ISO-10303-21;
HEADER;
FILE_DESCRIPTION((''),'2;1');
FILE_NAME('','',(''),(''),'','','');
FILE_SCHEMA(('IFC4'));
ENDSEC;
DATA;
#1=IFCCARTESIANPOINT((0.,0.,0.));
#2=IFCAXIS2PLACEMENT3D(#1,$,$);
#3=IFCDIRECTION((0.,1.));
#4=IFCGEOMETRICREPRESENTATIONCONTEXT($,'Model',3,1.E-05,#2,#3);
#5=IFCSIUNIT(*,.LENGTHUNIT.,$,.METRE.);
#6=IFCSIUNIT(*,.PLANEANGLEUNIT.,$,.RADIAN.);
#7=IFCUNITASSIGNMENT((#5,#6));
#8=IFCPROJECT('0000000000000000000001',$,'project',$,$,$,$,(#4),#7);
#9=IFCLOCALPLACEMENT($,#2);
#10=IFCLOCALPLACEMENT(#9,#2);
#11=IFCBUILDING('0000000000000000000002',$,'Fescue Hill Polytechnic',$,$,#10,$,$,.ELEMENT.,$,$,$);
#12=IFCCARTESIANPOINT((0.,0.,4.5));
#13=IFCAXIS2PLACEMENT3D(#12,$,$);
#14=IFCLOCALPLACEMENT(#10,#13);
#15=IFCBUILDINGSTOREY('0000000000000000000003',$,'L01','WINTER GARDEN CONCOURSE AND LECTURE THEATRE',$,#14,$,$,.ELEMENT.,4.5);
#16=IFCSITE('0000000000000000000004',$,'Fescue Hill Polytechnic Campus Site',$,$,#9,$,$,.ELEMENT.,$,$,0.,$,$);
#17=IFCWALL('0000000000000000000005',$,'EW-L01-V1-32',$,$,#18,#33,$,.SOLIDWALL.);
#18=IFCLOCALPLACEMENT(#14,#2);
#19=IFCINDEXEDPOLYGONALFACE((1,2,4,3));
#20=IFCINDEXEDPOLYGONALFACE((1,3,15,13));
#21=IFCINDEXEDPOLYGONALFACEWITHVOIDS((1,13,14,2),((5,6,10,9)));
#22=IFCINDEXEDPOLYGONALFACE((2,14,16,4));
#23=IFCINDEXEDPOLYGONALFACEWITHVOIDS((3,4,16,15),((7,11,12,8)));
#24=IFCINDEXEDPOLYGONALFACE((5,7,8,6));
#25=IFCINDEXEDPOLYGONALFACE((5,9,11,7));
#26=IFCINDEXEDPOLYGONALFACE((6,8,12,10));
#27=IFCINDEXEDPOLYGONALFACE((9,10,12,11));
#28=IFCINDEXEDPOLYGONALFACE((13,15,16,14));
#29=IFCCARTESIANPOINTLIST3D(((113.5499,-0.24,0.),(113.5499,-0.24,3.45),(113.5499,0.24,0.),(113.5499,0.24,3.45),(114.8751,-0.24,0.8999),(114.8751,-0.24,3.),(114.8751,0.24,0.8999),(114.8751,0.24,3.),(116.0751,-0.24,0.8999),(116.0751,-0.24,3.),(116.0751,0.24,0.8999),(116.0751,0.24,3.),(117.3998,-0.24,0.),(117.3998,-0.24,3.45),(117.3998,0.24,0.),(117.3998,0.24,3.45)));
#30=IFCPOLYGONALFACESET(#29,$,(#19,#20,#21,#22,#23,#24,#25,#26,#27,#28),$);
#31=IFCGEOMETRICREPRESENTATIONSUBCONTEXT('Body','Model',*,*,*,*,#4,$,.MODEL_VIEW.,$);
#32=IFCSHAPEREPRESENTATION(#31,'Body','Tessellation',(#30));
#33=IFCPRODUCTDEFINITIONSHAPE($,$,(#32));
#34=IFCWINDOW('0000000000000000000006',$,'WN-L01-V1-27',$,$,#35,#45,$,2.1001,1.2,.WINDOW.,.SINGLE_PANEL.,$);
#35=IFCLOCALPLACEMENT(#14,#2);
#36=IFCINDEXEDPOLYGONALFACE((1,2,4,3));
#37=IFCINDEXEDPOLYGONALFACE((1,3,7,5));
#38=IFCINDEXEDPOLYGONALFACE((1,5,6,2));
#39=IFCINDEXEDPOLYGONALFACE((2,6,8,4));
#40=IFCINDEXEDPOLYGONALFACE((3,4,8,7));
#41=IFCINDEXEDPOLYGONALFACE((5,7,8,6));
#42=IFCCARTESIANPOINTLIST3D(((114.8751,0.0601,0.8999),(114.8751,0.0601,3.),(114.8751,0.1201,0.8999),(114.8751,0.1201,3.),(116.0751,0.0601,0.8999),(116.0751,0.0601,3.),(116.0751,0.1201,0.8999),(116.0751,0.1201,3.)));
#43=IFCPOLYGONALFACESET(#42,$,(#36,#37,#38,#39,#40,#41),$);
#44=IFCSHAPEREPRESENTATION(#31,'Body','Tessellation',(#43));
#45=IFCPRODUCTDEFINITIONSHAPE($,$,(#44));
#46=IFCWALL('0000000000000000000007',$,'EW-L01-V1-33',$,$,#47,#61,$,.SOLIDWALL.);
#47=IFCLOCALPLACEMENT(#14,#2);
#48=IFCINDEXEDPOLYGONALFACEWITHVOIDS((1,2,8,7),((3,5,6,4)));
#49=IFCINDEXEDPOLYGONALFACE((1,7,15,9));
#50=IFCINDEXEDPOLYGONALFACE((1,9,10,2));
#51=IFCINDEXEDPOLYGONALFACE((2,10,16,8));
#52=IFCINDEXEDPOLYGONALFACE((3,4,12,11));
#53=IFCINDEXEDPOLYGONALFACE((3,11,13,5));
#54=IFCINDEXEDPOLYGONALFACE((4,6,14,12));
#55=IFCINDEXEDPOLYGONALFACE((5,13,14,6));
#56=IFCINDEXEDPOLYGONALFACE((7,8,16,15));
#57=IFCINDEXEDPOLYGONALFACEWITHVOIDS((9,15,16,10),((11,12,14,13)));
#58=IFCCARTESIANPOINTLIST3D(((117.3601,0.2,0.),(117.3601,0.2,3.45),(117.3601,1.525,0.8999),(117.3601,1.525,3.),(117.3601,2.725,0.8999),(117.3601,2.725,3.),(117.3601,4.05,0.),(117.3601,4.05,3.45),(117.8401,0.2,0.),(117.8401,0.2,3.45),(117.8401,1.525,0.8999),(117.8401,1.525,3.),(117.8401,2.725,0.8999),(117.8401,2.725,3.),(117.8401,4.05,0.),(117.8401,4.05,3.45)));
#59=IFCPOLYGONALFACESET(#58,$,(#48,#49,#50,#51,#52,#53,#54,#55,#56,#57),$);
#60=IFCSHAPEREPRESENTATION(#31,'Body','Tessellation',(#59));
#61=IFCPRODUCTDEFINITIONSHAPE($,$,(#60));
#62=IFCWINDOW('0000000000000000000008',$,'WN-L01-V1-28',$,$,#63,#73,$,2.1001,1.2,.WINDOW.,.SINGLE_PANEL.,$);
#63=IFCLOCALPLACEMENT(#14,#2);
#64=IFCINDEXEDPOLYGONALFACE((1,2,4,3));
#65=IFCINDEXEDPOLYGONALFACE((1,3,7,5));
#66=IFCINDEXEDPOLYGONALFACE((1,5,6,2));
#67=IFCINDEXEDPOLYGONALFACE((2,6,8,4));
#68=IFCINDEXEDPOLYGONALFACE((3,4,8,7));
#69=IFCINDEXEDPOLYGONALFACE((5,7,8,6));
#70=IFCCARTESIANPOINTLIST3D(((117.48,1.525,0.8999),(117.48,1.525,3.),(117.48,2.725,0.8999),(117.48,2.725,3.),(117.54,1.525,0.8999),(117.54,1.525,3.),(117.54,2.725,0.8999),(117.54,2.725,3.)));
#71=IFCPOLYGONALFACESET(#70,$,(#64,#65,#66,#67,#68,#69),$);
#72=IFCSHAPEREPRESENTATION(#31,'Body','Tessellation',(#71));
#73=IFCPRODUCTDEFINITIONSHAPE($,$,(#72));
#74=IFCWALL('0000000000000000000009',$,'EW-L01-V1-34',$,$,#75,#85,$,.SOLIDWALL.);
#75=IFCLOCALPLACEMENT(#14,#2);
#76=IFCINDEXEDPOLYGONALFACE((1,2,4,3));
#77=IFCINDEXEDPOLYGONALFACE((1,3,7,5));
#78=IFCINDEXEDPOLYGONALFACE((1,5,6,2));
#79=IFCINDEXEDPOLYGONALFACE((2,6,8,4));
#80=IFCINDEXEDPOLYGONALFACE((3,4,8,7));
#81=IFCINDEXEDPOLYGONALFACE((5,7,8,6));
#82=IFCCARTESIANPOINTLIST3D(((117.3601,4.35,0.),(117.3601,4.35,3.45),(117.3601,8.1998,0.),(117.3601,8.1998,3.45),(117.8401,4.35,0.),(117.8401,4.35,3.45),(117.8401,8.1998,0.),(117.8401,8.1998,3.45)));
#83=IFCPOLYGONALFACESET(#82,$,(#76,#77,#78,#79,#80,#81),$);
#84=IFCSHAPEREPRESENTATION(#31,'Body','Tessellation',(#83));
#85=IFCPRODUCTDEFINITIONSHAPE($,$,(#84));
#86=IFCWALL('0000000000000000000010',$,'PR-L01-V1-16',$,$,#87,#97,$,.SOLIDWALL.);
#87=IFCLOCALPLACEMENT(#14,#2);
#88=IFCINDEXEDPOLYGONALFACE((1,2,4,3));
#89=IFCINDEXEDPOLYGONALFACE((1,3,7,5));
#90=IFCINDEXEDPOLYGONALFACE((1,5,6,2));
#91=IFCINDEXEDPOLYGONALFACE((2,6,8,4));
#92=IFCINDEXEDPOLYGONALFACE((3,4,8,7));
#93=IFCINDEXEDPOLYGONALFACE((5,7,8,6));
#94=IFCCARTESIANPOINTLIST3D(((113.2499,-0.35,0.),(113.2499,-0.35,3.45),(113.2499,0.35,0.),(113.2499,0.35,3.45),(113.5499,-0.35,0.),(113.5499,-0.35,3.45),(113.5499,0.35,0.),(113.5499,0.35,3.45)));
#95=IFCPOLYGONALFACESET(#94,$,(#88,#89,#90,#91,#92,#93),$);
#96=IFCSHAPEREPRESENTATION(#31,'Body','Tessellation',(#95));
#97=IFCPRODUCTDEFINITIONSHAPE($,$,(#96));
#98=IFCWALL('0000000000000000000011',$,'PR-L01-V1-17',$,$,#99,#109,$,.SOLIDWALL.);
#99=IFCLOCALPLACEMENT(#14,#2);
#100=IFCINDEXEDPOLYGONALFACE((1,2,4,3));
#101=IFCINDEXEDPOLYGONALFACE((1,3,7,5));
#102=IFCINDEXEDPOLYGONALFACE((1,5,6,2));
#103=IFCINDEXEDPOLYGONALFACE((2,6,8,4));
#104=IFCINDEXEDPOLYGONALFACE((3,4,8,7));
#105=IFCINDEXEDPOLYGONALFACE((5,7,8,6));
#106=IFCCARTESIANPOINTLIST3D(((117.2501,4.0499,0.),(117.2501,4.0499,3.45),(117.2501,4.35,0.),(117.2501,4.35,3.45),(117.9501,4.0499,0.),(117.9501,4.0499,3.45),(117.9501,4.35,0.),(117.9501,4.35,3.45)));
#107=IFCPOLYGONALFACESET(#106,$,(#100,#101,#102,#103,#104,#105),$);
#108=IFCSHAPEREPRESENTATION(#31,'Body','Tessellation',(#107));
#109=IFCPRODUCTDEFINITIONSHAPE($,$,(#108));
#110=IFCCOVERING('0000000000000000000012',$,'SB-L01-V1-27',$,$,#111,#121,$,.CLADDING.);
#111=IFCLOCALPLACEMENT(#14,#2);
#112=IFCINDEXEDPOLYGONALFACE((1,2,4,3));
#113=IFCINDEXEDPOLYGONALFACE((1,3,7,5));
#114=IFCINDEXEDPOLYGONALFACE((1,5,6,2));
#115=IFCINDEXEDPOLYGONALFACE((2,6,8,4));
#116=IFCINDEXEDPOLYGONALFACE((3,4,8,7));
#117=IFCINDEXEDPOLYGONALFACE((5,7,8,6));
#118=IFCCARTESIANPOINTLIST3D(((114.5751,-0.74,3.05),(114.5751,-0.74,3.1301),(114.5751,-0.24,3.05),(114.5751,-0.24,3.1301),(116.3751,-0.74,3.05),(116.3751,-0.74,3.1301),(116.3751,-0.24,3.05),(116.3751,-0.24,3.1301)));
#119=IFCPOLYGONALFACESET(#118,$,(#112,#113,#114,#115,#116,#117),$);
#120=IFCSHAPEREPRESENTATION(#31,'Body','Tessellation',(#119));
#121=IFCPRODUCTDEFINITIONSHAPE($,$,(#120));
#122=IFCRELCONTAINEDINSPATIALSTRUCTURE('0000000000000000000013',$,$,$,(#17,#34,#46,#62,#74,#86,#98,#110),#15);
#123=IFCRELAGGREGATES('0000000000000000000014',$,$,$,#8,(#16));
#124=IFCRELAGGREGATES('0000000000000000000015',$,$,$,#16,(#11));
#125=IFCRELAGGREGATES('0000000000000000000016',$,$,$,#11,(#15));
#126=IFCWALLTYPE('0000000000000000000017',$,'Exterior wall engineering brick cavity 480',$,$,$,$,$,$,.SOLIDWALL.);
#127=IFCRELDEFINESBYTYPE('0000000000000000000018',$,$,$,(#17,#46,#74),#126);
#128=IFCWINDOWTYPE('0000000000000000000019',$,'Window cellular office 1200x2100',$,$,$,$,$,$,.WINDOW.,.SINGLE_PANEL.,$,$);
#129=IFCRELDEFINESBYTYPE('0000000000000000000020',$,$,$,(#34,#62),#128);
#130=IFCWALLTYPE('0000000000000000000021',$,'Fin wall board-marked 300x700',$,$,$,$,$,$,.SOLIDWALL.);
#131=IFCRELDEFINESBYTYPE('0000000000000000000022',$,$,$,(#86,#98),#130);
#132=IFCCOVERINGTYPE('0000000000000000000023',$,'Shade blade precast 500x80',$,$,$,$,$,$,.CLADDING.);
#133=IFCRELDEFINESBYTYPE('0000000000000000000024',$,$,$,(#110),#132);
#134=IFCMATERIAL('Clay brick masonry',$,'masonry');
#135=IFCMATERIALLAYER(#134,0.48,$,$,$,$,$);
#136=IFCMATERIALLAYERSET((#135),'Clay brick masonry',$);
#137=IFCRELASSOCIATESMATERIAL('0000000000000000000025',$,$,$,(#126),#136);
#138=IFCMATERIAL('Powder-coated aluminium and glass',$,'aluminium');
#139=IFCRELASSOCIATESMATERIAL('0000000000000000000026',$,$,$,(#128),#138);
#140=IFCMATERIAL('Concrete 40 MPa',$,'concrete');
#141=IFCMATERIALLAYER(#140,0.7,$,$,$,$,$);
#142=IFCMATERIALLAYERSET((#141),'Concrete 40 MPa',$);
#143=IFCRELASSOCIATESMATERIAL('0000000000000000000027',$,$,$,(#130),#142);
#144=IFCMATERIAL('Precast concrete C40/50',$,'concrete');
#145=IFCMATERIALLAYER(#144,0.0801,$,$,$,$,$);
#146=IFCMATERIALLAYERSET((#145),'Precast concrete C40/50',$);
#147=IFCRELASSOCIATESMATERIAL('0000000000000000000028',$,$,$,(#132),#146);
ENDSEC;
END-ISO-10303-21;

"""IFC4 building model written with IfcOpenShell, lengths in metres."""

from ifc_helpers import new_model, si_unit, direction, frame, frame_2d, origin, origin_2d, place, context, subcontext, project, spatial, rectangle, extrude, material, layer, layer_set, type_object, element, fill, save


model = new_model("IFC4")

# Units and contexts
model_context = context("Model", 3, precision=1e-05, world=origin(), true_north=direction((0.0, 1.0)))
body_context = subcontext(model_context, "Body", "Model", "MODEL_VIEW")
ifc_project = project(units=[si_unit("LENGTHUNIT", "METRE"), si_unit("PLANEANGLEUNIT", "RADIAN")], contexts=[model_context])

# Site, building, storey
site_placement = place(None, origin())
site = spatial("IfcSite", under=ifc_project, at=site_placement, Name="Fescue Hill Polytechnic Campus Site", CompositionType="ELEMENT", RefElevation=0.0)
building_placement = place(site_placement, origin())
building = spatial("IfcBuilding", under=site, at=building_placement, Name="Fescue Hill Polytechnic", CompositionType="ELEMENT")
storey_placement = place(building_placement, frame((0.0, 0.0, 4.5)))
storey = spatial("IfcBuildingStorey", under=building, at=storey_placement, Name="L01", Description="WINTER GARDEN CONCOURSE AND LECTURE THEATRE", CompositionType="ELEMENT", Elevation=4.5)

# Shared definitions
ifc_material_1 = material(Name="Concrete 40 MPa", Category="concrete")

# Walls, openings, windows
ifc_material_2 = material(Name="Clay brick masonry", Category="masonry")
ifc_layer_1 = layer(ifc_material_2, 0.48)
ifc_layer_set_1 = layer_set([ifc_layer_1], Name="Clay brick masonry")
wall_type_1 = type_object("IfcWallType", Name="Exterior wall engineering brick cavity 480", PredefinedType="SOLIDWALL", material=ifc_layer_set_1)
wall_1_placement = place(storey_placement, frame((113.55, 0.0, 0.0), z_axis=(0.0, 0.0, 1.0), x_axis=(1.0, 0.0, 0.0)))
wall_1 = element("IfcWall", 1, at=wall_1_placement, inside=storey, type_object=wall_type_1, Name="EW-L01-V1-32", PredefinedType="SOLIDWALL", context=body_context, shape_type="SweptSolid", body=[
    extrude(rectangle(XDim=3.8499, YDim=0.48, at=frame_2d((1.9248, 0.0))), origin(), (0.0, 0.0, 1.0), 3.45),
])
opening_1_placement = place(wall_1_placement, frame((1.325, 0.0, 0.8999)))
opening_1 = element("IfcOpeningElement", 2, at=opening_1_placement, cuts=wall_1, PredefinedType="OPENING", context=body_context, shape_type="SweptSolid", body=[
    extrude(rectangle(XDim=1.2, YDim=2.1001, at=frame_2d((0.6001, 1.05))), frame((0.0, 0.25, 0.0), z_axis=(0.0, -1.0, 0.0), x_axis=(1.0, 0.0, 0.0)), (0.0, 0.0, 1.0), 0.5),
])
ifc_material_3 = material(Name="Powder-coated aluminium and glass", Category="aluminium")
window_type = type_object("IfcWindowType", Name="Window cellular office 1200x2100", PartitioningType="SINGLE_PANEL", PredefinedType="WINDOW", material=ifc_material_3)
window_1_placement = place(opening_1_placement, origin())
window_1 = element("IfcWindow", 3, at=window_1_placement, inside=storey, type_object=window_type, Name="WN-L01-V1-27", OverallHeight=2.1001, OverallWidth=1.2, PartitioningType="SINGLE_PANEL", PredefinedType="WINDOW", context=body_context, shape_type="SweptSolid", body=[
    extrude(rectangle(XDim=1.2, YDim=2.1001, at=frame_2d((0.6001, 1.05))), frame((0.0, 0.1201, 0.0), z_axis=(0.0, -1.0, 0.0), x_axis=(1.0, 0.0, 0.0)), (0.0, 0.0, 1.0), 0.0601),
])
fill(opening_1, window_1)
wall_2_placement = place(storey_placement, frame((117.6001, 0.2, 0.0), z_axis=(0.0, 0.0, 1.0), x_axis=(0.0, 1.0, 0.0)))
wall_2 = element("IfcWall", 4, at=wall_2_placement, inside=storey, type_object=wall_type_1, Name="EW-L01-V1-33", PredefinedType="SOLIDWALL", context=body_context, shape_type="SweptSolid", body=[
    extrude(rectangle(XDim=3.8501, YDim=0.48, at=frame_2d((1.925, 0.0))), origin(), (0.0, 0.0, 1.0), 3.45),
])
opening_2_placement = place(wall_2_placement, frame((1.325, 0.0, 0.8999)))
opening_2 = element("IfcOpeningElement", 5, at=opening_2_placement, cuts=wall_2, PredefinedType="OPENING", context=body_context, shape_type="SweptSolid", body=[
    extrude(rectangle(XDim=1.2, YDim=2.1001, at=frame_2d((0.6001, 1.05))), frame((0.0, 0.25, 0.0), z_axis=(0.0, -1.0, 0.0), x_axis=(1.0, 0.0, 0.0)), (0.0, 0.0, 1.0), 0.5),
])
window_2_placement = place(opening_2_placement, origin())
window_2 = element("IfcWindow", 6, at=window_2_placement, inside=storey, type_object=window_type, Name="WN-L01-V1-28", OverallHeight=2.1001, OverallWidth=1.2, PartitioningType="SINGLE_PANEL", PredefinedType="WINDOW", context=body_context, shape_type="SweptSolid", body=[
    extrude(rectangle(XDim=1.2, YDim=2.1001, at=frame_2d((0.6001, 1.05))), frame((0.0, 0.1201, 0.0), z_axis=(0.0, -1.0, 0.0), x_axis=(1.0, 0.0, 0.0)), (0.0, 0.0, 1.0), 0.0601),
])
fill(opening_2, window_2)

# Walls
wall_3_placement = place(storey_placement, frame((117.6001, 4.3501, 0.0), z_axis=(0.0, 0.0, 1.0), x_axis=(0.0, 1.0, 0.0)))
element("IfcWall", 7, at=wall_3_placement, inside=storey, type_object=wall_type_1, Name="EW-L01-V1-34", PredefinedType="SOLIDWALL", context=body_context, shape_type="SweptSolid", body=[
    extrude(rectangle(XDim=3.8499, YDim=0.48, at=frame_2d((1.9248, 0.0))), origin(), (0.0, 0.0, 1.0), 3.45),
])
ifc_layer_2 = layer(ifc_material_1, 0.7)
ifc_layer_set_2 = layer_set([ifc_layer_2], Name="Concrete 40 MPa")
wall_type_2 = type_object("IfcWallType", Name="Fin wall board-marked 300x700", PredefinedType="SOLIDWALL", material=ifc_layer_set_2)
for number, where, z_axis, x_axis, name in (
    (8, (113.25, 0.0, 0.0), (0.0, 0.0, 1.0), (1.0, 0.0, 0.0), "PR-L01-V1-16"),
    (9, (117.6001, 4.05, 0.0), (0.0, 0.0, 1.0), (0.0, 1.0, 0.0), "PR-L01-V1-17"),
):
    element("IfcWall", number, at=place(storey_placement, frame(where, z_axis=z_axis, x_axis=x_axis)), inside=storey, type_object=wall_type_2, Name=name, PredefinedType="SOLIDWALL", context=body_context, shape_type="SweptSolid", body=[
        extrude(rectangle(XDim=0.3, YDim=0.7, at=frame_2d((0.1499, 0.0))), origin(), (0.0, 0.0, 1.0), 3.45),
    ])

# Covering
ifc_material_4 = material(Name="Precast concrete C40/50", Category="concrete")
ifc_layer_3 = layer(ifc_material_4, 0.0801)
ifc_layer_set_3 = layer_set([ifc_layer_3], Name="Precast concrete C40/50")
covering_type = type_object("IfcCoveringType", Name="Shade blade precast 500x80", PredefinedType="CLADDING", material=ifc_layer_set_3)
covering_placement = place(storey_placement, frame((115.4751, -0.49, 3.05), z_axis=(0.0, 0.0, 1.0), x_axis=(1.0, 0.0, 0.0)))
element("IfcCovering", 10, at=covering_placement, inside=storey, type_object=covering_type, Name="SB-L01-V1-27", PredefinedType="CLADDING", context=body_context, shape_type="SweptSolid", body=[
    extrude(rectangle(XDim=1.8, YDim=0.5, at=origin_2d()), origin(), (0.0, 0.0, 1.0), 0.0801),
])

save(model, "model.ifc")
